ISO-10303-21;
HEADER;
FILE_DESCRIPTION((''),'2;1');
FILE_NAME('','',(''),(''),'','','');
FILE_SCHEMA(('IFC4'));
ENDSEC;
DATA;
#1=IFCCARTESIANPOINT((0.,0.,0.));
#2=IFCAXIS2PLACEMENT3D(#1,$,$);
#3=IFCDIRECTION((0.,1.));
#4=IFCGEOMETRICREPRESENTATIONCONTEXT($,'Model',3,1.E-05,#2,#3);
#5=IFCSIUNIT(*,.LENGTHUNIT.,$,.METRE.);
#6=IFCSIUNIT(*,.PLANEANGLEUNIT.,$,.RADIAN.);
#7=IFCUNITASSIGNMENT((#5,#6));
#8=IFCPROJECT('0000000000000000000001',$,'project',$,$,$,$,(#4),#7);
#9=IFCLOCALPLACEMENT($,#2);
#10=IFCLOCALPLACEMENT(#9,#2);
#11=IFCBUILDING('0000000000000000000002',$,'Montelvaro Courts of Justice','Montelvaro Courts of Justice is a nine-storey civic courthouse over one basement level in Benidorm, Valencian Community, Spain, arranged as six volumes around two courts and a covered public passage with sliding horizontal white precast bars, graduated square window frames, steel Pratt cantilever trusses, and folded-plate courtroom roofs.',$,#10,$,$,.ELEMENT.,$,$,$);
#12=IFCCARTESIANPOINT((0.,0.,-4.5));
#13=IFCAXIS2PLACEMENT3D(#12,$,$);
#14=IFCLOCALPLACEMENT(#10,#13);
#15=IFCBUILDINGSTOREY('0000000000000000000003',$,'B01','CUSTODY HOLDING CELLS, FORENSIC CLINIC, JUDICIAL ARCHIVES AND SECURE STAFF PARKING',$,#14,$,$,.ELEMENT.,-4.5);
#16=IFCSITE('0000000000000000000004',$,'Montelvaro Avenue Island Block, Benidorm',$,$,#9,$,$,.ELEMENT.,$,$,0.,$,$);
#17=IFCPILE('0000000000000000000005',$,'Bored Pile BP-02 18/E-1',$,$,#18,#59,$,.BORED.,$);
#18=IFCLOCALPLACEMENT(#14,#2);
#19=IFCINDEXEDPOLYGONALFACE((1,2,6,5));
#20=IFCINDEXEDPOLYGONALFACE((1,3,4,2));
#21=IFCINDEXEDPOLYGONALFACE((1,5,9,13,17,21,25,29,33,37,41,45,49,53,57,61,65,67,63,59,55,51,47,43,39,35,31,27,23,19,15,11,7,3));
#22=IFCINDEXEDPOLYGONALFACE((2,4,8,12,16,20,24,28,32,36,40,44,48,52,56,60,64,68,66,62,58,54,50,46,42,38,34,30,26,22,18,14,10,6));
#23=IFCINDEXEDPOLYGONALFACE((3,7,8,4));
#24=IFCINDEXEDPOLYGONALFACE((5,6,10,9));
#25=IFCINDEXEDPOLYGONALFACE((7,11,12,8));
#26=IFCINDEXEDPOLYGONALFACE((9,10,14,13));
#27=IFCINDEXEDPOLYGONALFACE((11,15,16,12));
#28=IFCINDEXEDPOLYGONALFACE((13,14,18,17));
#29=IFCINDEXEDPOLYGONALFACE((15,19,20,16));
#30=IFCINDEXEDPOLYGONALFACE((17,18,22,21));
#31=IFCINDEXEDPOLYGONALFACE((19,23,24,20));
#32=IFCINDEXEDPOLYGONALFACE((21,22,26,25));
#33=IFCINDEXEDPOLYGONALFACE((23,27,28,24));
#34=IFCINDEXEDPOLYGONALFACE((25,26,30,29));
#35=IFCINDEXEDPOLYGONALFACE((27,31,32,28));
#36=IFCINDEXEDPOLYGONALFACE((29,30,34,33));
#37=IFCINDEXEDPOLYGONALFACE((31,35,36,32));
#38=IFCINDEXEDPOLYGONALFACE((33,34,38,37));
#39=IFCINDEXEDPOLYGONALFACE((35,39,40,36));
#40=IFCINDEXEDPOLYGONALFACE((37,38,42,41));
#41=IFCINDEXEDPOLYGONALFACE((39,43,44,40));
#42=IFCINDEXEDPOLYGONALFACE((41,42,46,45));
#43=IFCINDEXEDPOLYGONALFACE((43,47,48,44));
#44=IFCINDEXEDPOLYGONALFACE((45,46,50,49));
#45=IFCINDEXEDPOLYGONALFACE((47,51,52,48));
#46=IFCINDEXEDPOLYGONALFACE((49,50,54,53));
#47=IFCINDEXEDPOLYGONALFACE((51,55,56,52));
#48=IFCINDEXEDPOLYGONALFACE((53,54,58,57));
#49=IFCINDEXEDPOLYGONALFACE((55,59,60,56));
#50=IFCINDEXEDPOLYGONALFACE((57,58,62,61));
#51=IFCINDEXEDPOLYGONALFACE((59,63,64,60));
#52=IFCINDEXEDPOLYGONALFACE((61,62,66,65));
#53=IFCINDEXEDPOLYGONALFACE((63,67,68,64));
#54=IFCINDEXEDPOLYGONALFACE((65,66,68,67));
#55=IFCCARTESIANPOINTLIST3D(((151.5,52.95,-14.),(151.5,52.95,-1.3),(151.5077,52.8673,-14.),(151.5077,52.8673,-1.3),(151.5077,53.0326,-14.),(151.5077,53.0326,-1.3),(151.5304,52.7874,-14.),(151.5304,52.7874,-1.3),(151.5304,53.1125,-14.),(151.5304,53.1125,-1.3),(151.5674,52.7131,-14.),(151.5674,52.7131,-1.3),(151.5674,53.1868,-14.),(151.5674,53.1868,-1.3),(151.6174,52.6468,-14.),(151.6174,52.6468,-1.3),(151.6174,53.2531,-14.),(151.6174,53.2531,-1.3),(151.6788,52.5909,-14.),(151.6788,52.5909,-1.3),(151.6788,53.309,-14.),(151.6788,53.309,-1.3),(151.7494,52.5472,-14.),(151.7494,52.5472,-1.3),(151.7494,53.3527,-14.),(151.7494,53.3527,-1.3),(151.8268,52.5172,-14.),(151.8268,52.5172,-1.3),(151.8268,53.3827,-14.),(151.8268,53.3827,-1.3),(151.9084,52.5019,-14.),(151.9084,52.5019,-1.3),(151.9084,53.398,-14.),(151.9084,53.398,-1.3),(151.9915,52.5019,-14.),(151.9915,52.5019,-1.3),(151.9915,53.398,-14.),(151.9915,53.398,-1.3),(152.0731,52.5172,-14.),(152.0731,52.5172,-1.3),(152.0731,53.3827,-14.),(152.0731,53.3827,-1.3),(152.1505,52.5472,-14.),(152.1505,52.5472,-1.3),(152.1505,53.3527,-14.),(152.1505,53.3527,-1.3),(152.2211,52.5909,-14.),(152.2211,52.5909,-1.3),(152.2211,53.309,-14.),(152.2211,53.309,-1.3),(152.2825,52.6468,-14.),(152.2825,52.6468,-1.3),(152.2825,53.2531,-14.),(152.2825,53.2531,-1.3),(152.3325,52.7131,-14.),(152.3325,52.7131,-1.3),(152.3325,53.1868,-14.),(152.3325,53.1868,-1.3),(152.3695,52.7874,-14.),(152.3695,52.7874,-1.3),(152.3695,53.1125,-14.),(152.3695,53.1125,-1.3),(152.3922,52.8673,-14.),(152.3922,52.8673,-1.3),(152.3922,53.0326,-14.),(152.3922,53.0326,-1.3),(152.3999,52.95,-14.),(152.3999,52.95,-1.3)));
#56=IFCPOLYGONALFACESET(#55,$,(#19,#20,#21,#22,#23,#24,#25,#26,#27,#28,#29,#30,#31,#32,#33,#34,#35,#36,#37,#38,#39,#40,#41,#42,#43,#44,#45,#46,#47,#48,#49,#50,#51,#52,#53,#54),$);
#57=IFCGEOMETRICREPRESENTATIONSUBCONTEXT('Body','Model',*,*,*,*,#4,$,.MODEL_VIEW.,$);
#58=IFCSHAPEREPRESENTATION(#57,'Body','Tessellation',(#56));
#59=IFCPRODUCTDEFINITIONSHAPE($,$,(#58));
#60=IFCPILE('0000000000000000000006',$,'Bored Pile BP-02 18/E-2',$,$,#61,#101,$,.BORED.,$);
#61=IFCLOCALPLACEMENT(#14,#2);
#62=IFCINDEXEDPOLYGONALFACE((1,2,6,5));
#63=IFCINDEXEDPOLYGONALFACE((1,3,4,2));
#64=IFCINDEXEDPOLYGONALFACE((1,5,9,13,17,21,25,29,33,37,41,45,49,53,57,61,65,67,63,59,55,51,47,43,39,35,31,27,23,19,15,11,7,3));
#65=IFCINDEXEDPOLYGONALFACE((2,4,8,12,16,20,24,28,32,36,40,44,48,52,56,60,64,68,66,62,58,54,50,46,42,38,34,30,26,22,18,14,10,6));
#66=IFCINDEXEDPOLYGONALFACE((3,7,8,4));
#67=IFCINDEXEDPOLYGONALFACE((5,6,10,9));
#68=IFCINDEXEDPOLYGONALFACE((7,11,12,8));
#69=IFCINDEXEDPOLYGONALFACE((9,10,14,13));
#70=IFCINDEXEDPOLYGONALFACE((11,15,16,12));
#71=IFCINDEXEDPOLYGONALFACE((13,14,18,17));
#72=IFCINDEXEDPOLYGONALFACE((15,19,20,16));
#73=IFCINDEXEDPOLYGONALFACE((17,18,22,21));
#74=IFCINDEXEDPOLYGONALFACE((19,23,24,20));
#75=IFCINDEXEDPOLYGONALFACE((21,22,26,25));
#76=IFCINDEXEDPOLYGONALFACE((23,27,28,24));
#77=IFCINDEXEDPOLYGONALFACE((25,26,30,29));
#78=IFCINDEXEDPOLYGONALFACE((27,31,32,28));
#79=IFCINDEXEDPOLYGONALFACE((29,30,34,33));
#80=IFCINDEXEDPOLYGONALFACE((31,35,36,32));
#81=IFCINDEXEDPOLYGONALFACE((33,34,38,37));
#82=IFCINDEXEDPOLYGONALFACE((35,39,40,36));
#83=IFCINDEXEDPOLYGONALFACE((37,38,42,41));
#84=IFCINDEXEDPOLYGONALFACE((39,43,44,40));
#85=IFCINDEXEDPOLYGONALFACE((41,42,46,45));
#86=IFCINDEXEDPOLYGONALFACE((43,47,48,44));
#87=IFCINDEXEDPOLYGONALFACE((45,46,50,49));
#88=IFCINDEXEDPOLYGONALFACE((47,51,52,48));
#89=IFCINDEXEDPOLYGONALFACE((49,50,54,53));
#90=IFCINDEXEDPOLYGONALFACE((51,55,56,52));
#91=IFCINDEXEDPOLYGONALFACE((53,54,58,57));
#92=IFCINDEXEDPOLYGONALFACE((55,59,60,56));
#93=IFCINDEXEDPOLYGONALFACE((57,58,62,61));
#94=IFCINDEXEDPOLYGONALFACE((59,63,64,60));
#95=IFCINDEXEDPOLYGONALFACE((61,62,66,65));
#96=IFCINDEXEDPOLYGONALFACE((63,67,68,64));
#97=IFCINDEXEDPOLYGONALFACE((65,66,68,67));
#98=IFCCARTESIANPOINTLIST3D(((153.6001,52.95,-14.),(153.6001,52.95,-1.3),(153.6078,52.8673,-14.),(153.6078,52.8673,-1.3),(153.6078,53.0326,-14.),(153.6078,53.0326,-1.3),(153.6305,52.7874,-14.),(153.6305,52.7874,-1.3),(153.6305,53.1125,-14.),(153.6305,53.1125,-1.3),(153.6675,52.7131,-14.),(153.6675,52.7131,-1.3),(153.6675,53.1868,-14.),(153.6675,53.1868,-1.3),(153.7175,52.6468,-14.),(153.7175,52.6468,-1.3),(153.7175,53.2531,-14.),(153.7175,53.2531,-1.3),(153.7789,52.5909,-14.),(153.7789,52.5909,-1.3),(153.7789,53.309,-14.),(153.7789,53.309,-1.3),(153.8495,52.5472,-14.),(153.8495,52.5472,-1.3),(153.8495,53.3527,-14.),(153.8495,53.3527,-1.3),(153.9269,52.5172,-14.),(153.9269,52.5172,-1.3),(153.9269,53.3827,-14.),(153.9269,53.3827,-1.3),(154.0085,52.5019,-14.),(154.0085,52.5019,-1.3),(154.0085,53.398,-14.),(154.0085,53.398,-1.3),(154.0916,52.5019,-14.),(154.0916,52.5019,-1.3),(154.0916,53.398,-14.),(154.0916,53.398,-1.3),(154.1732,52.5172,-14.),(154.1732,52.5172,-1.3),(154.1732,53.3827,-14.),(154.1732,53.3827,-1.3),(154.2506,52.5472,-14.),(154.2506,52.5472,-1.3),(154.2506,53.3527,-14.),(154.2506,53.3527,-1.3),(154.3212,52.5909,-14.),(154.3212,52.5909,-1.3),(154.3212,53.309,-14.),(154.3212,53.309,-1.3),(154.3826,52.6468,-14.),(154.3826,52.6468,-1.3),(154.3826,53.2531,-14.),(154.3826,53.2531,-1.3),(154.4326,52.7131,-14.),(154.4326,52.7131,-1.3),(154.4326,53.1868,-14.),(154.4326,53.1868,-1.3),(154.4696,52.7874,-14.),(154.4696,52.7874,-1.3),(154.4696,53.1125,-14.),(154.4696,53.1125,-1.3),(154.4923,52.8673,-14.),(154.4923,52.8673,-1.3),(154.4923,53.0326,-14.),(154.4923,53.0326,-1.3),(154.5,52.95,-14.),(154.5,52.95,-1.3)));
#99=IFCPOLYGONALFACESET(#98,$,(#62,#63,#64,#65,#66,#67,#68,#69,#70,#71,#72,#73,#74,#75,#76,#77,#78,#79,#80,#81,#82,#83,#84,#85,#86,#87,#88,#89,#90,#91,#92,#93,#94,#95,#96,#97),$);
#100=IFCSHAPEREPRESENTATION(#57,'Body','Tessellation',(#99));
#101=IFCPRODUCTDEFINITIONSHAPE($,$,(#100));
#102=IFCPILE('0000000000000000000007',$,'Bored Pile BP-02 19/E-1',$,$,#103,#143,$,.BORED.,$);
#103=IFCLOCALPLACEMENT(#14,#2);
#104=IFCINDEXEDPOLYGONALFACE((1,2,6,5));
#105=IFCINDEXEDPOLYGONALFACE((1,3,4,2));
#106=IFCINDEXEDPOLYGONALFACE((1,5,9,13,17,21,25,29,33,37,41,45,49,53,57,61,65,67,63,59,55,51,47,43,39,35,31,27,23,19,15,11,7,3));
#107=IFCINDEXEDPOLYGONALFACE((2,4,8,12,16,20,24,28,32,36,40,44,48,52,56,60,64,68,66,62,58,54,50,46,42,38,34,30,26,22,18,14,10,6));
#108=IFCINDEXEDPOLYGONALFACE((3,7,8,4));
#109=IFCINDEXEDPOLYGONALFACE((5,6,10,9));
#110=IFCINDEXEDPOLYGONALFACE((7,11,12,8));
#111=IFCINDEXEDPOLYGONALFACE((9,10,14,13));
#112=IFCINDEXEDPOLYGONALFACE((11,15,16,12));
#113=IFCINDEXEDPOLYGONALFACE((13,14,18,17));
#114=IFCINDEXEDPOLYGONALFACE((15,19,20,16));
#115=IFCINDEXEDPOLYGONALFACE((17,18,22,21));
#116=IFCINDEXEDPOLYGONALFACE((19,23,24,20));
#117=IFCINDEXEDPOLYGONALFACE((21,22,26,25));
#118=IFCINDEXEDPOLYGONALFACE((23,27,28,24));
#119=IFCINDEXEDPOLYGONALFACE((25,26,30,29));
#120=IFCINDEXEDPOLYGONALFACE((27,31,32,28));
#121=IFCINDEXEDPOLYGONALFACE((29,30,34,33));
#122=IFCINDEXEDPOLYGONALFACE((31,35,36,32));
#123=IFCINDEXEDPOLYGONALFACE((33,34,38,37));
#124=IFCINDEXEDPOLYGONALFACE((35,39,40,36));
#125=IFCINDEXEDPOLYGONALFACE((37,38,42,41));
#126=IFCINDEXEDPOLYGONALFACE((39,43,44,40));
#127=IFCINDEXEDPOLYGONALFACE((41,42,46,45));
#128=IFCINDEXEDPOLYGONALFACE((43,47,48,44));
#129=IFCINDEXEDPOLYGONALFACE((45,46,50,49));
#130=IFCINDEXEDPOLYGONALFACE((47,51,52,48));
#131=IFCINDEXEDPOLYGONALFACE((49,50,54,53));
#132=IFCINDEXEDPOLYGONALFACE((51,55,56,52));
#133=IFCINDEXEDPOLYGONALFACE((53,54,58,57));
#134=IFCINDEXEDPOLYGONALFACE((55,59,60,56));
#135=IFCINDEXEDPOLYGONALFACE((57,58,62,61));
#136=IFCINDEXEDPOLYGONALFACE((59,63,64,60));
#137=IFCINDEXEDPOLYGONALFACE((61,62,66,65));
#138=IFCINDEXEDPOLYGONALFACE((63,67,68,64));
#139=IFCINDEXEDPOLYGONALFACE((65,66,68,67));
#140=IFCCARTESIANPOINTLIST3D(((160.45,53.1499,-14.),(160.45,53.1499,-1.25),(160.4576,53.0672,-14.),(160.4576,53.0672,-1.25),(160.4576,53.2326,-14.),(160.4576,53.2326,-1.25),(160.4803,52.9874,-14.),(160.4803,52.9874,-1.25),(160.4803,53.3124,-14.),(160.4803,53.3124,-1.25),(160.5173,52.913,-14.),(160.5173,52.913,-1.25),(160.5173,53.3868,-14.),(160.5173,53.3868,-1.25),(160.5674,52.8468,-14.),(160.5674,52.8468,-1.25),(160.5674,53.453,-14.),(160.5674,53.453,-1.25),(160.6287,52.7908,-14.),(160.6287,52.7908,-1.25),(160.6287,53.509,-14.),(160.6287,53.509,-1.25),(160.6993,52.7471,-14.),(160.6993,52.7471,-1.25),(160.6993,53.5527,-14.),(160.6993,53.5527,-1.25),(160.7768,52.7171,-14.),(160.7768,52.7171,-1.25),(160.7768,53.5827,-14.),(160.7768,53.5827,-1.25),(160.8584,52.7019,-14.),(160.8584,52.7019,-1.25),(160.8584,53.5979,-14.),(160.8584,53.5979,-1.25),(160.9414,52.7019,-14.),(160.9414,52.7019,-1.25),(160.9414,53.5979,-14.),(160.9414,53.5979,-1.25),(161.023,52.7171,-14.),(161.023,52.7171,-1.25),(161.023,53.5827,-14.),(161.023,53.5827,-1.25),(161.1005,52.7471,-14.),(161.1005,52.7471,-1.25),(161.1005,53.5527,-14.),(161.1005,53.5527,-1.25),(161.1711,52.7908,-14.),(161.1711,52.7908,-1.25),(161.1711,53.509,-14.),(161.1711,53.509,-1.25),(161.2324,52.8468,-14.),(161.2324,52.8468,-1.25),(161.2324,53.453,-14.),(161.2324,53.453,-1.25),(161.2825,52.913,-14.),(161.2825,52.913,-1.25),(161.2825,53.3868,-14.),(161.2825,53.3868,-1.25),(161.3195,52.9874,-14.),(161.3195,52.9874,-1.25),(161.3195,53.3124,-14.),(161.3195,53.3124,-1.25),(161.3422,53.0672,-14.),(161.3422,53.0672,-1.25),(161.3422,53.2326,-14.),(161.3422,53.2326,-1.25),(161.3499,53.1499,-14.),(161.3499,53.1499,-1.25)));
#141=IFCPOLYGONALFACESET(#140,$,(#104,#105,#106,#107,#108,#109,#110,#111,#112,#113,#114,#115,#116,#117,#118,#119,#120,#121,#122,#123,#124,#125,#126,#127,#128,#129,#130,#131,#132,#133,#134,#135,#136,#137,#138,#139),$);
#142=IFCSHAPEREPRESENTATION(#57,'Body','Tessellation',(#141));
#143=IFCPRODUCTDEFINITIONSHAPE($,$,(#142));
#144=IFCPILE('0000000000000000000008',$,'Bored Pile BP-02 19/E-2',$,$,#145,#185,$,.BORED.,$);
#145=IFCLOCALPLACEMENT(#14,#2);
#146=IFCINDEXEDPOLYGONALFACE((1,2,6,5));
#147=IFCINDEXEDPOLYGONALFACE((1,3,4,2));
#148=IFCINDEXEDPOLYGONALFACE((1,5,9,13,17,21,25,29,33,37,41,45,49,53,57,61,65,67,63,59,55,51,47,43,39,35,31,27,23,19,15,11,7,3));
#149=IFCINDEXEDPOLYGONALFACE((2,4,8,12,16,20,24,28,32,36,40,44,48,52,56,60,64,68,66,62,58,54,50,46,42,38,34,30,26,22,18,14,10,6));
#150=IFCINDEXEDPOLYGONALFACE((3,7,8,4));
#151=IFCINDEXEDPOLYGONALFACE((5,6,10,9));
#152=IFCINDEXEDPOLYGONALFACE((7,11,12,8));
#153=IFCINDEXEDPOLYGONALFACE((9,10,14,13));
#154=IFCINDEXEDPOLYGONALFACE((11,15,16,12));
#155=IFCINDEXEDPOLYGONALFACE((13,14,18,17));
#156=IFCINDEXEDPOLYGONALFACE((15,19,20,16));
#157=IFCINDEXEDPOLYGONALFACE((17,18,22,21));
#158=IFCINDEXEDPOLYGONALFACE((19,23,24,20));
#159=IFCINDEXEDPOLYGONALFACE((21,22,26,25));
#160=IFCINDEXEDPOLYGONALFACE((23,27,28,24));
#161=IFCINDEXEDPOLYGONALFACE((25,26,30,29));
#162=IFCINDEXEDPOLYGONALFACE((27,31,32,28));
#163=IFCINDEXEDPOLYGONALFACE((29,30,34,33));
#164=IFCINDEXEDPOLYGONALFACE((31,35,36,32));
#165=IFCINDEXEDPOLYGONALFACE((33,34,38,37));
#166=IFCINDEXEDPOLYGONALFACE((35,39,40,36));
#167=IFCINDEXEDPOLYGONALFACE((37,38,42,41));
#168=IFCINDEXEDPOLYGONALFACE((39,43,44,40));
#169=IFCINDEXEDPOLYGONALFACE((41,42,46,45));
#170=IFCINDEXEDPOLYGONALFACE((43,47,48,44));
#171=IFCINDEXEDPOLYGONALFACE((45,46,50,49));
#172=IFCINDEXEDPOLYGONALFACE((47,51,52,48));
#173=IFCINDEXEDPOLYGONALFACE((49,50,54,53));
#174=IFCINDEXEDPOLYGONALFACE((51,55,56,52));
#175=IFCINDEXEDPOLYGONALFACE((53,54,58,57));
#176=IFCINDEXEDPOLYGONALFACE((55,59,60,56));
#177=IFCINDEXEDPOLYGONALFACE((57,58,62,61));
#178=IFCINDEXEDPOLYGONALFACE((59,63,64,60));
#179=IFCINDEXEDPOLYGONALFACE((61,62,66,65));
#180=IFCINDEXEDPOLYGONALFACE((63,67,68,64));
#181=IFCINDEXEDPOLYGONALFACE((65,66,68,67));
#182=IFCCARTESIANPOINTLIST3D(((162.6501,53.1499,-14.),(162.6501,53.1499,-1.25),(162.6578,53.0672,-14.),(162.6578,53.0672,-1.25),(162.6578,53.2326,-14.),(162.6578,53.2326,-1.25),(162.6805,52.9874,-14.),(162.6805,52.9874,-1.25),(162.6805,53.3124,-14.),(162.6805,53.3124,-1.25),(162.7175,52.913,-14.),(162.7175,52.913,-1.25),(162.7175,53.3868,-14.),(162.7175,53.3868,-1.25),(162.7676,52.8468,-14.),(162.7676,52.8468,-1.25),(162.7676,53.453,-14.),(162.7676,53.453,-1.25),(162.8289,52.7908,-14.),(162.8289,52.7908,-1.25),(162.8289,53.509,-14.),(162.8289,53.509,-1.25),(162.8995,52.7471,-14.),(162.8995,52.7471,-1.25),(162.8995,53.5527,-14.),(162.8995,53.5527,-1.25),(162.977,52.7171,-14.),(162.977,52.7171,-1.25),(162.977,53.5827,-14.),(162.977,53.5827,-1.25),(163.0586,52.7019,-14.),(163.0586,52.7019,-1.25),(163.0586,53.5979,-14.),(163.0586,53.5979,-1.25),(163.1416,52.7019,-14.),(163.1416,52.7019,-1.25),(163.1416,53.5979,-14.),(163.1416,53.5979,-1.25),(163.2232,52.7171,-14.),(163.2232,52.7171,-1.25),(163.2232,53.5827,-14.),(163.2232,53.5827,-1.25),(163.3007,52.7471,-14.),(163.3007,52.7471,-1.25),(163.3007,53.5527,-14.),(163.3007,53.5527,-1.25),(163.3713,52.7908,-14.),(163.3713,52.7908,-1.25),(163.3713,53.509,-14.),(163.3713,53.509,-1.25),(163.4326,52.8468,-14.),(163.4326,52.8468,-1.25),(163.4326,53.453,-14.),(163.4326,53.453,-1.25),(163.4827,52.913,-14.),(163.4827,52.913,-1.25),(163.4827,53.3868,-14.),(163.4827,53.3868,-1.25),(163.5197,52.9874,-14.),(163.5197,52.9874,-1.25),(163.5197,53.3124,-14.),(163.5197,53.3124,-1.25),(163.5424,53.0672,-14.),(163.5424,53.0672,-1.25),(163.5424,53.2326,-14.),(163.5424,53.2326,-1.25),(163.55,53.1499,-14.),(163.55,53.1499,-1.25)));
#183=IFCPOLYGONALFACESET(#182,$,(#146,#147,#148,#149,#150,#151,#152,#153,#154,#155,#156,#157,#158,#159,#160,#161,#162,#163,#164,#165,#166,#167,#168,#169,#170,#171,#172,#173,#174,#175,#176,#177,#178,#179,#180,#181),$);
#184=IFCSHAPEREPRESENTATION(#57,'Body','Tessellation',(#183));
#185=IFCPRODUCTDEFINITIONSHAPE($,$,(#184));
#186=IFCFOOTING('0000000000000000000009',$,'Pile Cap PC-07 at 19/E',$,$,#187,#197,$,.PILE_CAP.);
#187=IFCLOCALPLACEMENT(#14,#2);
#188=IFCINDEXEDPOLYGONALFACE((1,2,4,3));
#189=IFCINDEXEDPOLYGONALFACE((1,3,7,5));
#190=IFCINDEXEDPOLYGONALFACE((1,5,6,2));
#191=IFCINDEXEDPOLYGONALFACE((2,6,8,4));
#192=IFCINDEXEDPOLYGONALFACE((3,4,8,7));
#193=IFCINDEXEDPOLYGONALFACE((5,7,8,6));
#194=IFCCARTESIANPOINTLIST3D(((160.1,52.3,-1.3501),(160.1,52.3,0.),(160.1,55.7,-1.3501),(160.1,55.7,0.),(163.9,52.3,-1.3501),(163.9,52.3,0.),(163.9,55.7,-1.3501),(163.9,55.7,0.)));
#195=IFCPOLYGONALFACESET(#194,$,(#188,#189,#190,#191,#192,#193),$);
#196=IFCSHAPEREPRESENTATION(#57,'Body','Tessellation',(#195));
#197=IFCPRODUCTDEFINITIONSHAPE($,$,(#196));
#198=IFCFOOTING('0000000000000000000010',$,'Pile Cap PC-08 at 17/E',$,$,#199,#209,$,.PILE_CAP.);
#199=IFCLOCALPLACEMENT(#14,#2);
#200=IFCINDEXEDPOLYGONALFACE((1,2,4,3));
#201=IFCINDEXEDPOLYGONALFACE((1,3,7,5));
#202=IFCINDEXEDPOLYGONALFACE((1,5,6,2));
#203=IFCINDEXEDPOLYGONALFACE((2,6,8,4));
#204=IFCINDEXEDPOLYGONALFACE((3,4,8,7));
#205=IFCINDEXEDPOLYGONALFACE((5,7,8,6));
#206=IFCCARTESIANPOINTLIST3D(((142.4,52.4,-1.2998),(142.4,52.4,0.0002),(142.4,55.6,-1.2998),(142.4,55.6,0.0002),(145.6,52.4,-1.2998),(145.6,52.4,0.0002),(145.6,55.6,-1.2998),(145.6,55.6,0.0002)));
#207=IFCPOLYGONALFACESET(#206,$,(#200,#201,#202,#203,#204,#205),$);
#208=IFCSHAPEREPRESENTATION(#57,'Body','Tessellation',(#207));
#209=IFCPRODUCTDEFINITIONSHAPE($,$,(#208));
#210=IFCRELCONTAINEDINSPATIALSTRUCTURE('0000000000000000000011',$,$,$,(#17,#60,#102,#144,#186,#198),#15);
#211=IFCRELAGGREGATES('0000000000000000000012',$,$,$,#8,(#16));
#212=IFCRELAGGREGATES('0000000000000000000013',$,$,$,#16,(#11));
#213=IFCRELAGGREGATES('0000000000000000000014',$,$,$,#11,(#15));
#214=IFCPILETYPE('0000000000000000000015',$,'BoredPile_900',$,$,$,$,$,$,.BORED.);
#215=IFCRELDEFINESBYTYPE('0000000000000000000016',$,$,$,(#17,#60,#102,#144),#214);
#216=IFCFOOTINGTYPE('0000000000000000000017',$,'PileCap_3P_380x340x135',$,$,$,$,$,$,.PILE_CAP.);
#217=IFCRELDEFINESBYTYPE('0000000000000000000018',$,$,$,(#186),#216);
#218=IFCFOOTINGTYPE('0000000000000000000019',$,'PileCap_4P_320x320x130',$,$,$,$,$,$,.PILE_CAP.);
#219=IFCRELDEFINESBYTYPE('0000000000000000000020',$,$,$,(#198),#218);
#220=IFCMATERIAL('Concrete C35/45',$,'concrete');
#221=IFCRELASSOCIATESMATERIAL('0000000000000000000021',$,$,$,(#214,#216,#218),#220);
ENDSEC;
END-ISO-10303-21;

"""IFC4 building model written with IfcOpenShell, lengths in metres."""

from ifc_helpers import new_model, si_unit, direction, frame, origin, origin_2d, place, context, subcontext, project, spatial, rectangle, circle, extrude, material, material_profile, profile_set, type_object, element, save


model = new_model("IFC4")

# Units and contexts
model_context = context("Model", 3, precision=1e-05, world=origin(), true_north=direction((0.0, 1.0)))
body_context = subcontext(model_context, "Body", "Model", "MODEL_VIEW")
ifc_project = project(units=[si_unit("LENGTHUNIT", "METRE"), si_unit("PLANEANGLEUNIT", "RADIAN")], contexts=[model_context])

# Site, building, storey
site_placement = place(None, origin())
site = spatial("IfcSite", under=ifc_project, at=site_placement, Name="Montelvaro Avenue Island Block, Benidorm", CompositionType="ELEMENT", RefElevation=0.0)
building_placement = place(site_placement, origin())
building = spatial("IfcBuilding", under=site, at=building_placement, Name="Montelvaro Courts of Justice", Description="Montelvaro Courts of Justice is a nine-storey civic courthouse over one basement level in Benidorm, Valencian Community, Spain, arranged as six volumes around two courts and a covered public passage with sliding horizontal white precast bars, graduated square window frames, steel Pratt cantilever trusses, and folded-plate courtroom roofs.", CompositionType="ELEMENT")
storey_placement = place(building_placement, frame((0.0, 0.0, -4.5)))
storey = spatial("IfcBuildingStorey", under=building, at=storey_placement, Name="B01", Description="CUSTODY HOLDING CELLS, FORENSIC CLINIC, JUDICIAL ARCHIVES AND SECURE STAFF PARKING", CompositionType="ELEMENT", Elevation=-4.5)

# Piles
ifc_material_1 = material(Name="Concrete C35/45", Category="concrete")
ifc_material_profile_1 = material_profile(ifc_material_1, circle(Radius=0.45, at=origin_2d()), Name="BORED PILE D900")
ifc_profile_set_1 = profile_set([ifc_material_profile_1], Name="Concrete C35/45")
pile_type_1 = type_object("IfcPileType", Name="BoredPile_900", PredefinedType="BORED", material=ifc_profile_set_1)
for number, where, z_axis, x_axis, name in (
    (1, (151.95, 52.95, -1.3), (0.0, 0.0, -1.0), (1.0, 0.0, 0.0), "Bored Pile BP-02 18/E-1"),
    (2, (154.05, 52.95, -1.3), (0.0, 0.0, -1.0), (1.0, 0.0, 0.0), "Bored Pile BP-02 18/E-2"),
):
    element("IfcPile", number, at=place(storey_placement, frame(where, z_axis=z_axis, x_axis=x_axis)), inside=storey, type_object=pile_type_1, Name=name, PredefinedType="BORED", context=body_context, shape_type="SweptSolid", body=[
        extrude(circle(Radius=0.45, at=origin_2d()), origin(), (0.0, 0.0, 1.0), 12.7),
    ])
for number, where, z_axis, x_axis, name in (
    (3, (160.8999, 53.1499, -1.25), (0.0, 0.0, -1.0), (1.0, 0.0, 0.0), "Bored Pile BP-02 19/E-1"),
    (4, (163.1001, 53.1499, -1.25), (0.0, 0.0, -1.0), (1.0, 0.0, 0.0), "Bored Pile BP-02 19/E-2"),
):
    element("IfcPile", number, at=place(storey_placement, frame(where, z_axis=z_axis, x_axis=x_axis)), inside=storey, type_object=pile_type_1, Name=name, PredefinedType="BORED", context=body_context, shape_type="SweptSolid", body=[
        extrude(circle(Radius=0.45, at=origin_2d()), origin(), (0.0, 0.0, 1.0), 12.75),
    ])

# Footings
footing_type_1 = type_object("IfcFootingType", Name="PileCap_3P_380x340x135", PredefinedType="PILE_CAP", material=ifc_material_1)
footing_1_placement = place(storey_placement, frame((162.0, 54.0, -1.3501), z_axis=(0.0, 0.0, 1.0), x_axis=(1.0, 0.0, 0.0)))
element("IfcFooting", 5, at=footing_1_placement, inside=storey, type_object=footing_type_1, Name="Pile Cap PC-07 at 19/E", PredefinedType="PILE_CAP", context=body_context, shape_type="SweptSolid", body=[
    extrude(rectangle(XDim=3.8, YDim=3.3999, at=origin_2d()), origin(), (0.0, 0.0, 1.0), 1.3501),
])
footing_type_2 = type_object("IfcFootingType", Name="PileCap_4P_320x320x130", PredefinedType="PILE_CAP", material=ifc_material_1)
footing_2_placement = place(storey_placement, frame((144.0, 54.0, -1.2998), z_axis=(0.0, 0.0, 1.0), x_axis=(1.0, 0.0, 0.0)))
element("IfcFooting", 6, at=footing_2_placement, inside=storey, type_object=footing_type_2, Name="Pile Cap PC-08 at 17/E", PredefinedType="PILE_CAP", context=body_context, shape_type="SweptSolid", body=[
    extrude(rectangle(XDim=3.2, YDim=3.2, at=origin_2d()), origin(), (0.0, 0.0, 1.0), 1.3),
])

save(model, "model.ifc")
